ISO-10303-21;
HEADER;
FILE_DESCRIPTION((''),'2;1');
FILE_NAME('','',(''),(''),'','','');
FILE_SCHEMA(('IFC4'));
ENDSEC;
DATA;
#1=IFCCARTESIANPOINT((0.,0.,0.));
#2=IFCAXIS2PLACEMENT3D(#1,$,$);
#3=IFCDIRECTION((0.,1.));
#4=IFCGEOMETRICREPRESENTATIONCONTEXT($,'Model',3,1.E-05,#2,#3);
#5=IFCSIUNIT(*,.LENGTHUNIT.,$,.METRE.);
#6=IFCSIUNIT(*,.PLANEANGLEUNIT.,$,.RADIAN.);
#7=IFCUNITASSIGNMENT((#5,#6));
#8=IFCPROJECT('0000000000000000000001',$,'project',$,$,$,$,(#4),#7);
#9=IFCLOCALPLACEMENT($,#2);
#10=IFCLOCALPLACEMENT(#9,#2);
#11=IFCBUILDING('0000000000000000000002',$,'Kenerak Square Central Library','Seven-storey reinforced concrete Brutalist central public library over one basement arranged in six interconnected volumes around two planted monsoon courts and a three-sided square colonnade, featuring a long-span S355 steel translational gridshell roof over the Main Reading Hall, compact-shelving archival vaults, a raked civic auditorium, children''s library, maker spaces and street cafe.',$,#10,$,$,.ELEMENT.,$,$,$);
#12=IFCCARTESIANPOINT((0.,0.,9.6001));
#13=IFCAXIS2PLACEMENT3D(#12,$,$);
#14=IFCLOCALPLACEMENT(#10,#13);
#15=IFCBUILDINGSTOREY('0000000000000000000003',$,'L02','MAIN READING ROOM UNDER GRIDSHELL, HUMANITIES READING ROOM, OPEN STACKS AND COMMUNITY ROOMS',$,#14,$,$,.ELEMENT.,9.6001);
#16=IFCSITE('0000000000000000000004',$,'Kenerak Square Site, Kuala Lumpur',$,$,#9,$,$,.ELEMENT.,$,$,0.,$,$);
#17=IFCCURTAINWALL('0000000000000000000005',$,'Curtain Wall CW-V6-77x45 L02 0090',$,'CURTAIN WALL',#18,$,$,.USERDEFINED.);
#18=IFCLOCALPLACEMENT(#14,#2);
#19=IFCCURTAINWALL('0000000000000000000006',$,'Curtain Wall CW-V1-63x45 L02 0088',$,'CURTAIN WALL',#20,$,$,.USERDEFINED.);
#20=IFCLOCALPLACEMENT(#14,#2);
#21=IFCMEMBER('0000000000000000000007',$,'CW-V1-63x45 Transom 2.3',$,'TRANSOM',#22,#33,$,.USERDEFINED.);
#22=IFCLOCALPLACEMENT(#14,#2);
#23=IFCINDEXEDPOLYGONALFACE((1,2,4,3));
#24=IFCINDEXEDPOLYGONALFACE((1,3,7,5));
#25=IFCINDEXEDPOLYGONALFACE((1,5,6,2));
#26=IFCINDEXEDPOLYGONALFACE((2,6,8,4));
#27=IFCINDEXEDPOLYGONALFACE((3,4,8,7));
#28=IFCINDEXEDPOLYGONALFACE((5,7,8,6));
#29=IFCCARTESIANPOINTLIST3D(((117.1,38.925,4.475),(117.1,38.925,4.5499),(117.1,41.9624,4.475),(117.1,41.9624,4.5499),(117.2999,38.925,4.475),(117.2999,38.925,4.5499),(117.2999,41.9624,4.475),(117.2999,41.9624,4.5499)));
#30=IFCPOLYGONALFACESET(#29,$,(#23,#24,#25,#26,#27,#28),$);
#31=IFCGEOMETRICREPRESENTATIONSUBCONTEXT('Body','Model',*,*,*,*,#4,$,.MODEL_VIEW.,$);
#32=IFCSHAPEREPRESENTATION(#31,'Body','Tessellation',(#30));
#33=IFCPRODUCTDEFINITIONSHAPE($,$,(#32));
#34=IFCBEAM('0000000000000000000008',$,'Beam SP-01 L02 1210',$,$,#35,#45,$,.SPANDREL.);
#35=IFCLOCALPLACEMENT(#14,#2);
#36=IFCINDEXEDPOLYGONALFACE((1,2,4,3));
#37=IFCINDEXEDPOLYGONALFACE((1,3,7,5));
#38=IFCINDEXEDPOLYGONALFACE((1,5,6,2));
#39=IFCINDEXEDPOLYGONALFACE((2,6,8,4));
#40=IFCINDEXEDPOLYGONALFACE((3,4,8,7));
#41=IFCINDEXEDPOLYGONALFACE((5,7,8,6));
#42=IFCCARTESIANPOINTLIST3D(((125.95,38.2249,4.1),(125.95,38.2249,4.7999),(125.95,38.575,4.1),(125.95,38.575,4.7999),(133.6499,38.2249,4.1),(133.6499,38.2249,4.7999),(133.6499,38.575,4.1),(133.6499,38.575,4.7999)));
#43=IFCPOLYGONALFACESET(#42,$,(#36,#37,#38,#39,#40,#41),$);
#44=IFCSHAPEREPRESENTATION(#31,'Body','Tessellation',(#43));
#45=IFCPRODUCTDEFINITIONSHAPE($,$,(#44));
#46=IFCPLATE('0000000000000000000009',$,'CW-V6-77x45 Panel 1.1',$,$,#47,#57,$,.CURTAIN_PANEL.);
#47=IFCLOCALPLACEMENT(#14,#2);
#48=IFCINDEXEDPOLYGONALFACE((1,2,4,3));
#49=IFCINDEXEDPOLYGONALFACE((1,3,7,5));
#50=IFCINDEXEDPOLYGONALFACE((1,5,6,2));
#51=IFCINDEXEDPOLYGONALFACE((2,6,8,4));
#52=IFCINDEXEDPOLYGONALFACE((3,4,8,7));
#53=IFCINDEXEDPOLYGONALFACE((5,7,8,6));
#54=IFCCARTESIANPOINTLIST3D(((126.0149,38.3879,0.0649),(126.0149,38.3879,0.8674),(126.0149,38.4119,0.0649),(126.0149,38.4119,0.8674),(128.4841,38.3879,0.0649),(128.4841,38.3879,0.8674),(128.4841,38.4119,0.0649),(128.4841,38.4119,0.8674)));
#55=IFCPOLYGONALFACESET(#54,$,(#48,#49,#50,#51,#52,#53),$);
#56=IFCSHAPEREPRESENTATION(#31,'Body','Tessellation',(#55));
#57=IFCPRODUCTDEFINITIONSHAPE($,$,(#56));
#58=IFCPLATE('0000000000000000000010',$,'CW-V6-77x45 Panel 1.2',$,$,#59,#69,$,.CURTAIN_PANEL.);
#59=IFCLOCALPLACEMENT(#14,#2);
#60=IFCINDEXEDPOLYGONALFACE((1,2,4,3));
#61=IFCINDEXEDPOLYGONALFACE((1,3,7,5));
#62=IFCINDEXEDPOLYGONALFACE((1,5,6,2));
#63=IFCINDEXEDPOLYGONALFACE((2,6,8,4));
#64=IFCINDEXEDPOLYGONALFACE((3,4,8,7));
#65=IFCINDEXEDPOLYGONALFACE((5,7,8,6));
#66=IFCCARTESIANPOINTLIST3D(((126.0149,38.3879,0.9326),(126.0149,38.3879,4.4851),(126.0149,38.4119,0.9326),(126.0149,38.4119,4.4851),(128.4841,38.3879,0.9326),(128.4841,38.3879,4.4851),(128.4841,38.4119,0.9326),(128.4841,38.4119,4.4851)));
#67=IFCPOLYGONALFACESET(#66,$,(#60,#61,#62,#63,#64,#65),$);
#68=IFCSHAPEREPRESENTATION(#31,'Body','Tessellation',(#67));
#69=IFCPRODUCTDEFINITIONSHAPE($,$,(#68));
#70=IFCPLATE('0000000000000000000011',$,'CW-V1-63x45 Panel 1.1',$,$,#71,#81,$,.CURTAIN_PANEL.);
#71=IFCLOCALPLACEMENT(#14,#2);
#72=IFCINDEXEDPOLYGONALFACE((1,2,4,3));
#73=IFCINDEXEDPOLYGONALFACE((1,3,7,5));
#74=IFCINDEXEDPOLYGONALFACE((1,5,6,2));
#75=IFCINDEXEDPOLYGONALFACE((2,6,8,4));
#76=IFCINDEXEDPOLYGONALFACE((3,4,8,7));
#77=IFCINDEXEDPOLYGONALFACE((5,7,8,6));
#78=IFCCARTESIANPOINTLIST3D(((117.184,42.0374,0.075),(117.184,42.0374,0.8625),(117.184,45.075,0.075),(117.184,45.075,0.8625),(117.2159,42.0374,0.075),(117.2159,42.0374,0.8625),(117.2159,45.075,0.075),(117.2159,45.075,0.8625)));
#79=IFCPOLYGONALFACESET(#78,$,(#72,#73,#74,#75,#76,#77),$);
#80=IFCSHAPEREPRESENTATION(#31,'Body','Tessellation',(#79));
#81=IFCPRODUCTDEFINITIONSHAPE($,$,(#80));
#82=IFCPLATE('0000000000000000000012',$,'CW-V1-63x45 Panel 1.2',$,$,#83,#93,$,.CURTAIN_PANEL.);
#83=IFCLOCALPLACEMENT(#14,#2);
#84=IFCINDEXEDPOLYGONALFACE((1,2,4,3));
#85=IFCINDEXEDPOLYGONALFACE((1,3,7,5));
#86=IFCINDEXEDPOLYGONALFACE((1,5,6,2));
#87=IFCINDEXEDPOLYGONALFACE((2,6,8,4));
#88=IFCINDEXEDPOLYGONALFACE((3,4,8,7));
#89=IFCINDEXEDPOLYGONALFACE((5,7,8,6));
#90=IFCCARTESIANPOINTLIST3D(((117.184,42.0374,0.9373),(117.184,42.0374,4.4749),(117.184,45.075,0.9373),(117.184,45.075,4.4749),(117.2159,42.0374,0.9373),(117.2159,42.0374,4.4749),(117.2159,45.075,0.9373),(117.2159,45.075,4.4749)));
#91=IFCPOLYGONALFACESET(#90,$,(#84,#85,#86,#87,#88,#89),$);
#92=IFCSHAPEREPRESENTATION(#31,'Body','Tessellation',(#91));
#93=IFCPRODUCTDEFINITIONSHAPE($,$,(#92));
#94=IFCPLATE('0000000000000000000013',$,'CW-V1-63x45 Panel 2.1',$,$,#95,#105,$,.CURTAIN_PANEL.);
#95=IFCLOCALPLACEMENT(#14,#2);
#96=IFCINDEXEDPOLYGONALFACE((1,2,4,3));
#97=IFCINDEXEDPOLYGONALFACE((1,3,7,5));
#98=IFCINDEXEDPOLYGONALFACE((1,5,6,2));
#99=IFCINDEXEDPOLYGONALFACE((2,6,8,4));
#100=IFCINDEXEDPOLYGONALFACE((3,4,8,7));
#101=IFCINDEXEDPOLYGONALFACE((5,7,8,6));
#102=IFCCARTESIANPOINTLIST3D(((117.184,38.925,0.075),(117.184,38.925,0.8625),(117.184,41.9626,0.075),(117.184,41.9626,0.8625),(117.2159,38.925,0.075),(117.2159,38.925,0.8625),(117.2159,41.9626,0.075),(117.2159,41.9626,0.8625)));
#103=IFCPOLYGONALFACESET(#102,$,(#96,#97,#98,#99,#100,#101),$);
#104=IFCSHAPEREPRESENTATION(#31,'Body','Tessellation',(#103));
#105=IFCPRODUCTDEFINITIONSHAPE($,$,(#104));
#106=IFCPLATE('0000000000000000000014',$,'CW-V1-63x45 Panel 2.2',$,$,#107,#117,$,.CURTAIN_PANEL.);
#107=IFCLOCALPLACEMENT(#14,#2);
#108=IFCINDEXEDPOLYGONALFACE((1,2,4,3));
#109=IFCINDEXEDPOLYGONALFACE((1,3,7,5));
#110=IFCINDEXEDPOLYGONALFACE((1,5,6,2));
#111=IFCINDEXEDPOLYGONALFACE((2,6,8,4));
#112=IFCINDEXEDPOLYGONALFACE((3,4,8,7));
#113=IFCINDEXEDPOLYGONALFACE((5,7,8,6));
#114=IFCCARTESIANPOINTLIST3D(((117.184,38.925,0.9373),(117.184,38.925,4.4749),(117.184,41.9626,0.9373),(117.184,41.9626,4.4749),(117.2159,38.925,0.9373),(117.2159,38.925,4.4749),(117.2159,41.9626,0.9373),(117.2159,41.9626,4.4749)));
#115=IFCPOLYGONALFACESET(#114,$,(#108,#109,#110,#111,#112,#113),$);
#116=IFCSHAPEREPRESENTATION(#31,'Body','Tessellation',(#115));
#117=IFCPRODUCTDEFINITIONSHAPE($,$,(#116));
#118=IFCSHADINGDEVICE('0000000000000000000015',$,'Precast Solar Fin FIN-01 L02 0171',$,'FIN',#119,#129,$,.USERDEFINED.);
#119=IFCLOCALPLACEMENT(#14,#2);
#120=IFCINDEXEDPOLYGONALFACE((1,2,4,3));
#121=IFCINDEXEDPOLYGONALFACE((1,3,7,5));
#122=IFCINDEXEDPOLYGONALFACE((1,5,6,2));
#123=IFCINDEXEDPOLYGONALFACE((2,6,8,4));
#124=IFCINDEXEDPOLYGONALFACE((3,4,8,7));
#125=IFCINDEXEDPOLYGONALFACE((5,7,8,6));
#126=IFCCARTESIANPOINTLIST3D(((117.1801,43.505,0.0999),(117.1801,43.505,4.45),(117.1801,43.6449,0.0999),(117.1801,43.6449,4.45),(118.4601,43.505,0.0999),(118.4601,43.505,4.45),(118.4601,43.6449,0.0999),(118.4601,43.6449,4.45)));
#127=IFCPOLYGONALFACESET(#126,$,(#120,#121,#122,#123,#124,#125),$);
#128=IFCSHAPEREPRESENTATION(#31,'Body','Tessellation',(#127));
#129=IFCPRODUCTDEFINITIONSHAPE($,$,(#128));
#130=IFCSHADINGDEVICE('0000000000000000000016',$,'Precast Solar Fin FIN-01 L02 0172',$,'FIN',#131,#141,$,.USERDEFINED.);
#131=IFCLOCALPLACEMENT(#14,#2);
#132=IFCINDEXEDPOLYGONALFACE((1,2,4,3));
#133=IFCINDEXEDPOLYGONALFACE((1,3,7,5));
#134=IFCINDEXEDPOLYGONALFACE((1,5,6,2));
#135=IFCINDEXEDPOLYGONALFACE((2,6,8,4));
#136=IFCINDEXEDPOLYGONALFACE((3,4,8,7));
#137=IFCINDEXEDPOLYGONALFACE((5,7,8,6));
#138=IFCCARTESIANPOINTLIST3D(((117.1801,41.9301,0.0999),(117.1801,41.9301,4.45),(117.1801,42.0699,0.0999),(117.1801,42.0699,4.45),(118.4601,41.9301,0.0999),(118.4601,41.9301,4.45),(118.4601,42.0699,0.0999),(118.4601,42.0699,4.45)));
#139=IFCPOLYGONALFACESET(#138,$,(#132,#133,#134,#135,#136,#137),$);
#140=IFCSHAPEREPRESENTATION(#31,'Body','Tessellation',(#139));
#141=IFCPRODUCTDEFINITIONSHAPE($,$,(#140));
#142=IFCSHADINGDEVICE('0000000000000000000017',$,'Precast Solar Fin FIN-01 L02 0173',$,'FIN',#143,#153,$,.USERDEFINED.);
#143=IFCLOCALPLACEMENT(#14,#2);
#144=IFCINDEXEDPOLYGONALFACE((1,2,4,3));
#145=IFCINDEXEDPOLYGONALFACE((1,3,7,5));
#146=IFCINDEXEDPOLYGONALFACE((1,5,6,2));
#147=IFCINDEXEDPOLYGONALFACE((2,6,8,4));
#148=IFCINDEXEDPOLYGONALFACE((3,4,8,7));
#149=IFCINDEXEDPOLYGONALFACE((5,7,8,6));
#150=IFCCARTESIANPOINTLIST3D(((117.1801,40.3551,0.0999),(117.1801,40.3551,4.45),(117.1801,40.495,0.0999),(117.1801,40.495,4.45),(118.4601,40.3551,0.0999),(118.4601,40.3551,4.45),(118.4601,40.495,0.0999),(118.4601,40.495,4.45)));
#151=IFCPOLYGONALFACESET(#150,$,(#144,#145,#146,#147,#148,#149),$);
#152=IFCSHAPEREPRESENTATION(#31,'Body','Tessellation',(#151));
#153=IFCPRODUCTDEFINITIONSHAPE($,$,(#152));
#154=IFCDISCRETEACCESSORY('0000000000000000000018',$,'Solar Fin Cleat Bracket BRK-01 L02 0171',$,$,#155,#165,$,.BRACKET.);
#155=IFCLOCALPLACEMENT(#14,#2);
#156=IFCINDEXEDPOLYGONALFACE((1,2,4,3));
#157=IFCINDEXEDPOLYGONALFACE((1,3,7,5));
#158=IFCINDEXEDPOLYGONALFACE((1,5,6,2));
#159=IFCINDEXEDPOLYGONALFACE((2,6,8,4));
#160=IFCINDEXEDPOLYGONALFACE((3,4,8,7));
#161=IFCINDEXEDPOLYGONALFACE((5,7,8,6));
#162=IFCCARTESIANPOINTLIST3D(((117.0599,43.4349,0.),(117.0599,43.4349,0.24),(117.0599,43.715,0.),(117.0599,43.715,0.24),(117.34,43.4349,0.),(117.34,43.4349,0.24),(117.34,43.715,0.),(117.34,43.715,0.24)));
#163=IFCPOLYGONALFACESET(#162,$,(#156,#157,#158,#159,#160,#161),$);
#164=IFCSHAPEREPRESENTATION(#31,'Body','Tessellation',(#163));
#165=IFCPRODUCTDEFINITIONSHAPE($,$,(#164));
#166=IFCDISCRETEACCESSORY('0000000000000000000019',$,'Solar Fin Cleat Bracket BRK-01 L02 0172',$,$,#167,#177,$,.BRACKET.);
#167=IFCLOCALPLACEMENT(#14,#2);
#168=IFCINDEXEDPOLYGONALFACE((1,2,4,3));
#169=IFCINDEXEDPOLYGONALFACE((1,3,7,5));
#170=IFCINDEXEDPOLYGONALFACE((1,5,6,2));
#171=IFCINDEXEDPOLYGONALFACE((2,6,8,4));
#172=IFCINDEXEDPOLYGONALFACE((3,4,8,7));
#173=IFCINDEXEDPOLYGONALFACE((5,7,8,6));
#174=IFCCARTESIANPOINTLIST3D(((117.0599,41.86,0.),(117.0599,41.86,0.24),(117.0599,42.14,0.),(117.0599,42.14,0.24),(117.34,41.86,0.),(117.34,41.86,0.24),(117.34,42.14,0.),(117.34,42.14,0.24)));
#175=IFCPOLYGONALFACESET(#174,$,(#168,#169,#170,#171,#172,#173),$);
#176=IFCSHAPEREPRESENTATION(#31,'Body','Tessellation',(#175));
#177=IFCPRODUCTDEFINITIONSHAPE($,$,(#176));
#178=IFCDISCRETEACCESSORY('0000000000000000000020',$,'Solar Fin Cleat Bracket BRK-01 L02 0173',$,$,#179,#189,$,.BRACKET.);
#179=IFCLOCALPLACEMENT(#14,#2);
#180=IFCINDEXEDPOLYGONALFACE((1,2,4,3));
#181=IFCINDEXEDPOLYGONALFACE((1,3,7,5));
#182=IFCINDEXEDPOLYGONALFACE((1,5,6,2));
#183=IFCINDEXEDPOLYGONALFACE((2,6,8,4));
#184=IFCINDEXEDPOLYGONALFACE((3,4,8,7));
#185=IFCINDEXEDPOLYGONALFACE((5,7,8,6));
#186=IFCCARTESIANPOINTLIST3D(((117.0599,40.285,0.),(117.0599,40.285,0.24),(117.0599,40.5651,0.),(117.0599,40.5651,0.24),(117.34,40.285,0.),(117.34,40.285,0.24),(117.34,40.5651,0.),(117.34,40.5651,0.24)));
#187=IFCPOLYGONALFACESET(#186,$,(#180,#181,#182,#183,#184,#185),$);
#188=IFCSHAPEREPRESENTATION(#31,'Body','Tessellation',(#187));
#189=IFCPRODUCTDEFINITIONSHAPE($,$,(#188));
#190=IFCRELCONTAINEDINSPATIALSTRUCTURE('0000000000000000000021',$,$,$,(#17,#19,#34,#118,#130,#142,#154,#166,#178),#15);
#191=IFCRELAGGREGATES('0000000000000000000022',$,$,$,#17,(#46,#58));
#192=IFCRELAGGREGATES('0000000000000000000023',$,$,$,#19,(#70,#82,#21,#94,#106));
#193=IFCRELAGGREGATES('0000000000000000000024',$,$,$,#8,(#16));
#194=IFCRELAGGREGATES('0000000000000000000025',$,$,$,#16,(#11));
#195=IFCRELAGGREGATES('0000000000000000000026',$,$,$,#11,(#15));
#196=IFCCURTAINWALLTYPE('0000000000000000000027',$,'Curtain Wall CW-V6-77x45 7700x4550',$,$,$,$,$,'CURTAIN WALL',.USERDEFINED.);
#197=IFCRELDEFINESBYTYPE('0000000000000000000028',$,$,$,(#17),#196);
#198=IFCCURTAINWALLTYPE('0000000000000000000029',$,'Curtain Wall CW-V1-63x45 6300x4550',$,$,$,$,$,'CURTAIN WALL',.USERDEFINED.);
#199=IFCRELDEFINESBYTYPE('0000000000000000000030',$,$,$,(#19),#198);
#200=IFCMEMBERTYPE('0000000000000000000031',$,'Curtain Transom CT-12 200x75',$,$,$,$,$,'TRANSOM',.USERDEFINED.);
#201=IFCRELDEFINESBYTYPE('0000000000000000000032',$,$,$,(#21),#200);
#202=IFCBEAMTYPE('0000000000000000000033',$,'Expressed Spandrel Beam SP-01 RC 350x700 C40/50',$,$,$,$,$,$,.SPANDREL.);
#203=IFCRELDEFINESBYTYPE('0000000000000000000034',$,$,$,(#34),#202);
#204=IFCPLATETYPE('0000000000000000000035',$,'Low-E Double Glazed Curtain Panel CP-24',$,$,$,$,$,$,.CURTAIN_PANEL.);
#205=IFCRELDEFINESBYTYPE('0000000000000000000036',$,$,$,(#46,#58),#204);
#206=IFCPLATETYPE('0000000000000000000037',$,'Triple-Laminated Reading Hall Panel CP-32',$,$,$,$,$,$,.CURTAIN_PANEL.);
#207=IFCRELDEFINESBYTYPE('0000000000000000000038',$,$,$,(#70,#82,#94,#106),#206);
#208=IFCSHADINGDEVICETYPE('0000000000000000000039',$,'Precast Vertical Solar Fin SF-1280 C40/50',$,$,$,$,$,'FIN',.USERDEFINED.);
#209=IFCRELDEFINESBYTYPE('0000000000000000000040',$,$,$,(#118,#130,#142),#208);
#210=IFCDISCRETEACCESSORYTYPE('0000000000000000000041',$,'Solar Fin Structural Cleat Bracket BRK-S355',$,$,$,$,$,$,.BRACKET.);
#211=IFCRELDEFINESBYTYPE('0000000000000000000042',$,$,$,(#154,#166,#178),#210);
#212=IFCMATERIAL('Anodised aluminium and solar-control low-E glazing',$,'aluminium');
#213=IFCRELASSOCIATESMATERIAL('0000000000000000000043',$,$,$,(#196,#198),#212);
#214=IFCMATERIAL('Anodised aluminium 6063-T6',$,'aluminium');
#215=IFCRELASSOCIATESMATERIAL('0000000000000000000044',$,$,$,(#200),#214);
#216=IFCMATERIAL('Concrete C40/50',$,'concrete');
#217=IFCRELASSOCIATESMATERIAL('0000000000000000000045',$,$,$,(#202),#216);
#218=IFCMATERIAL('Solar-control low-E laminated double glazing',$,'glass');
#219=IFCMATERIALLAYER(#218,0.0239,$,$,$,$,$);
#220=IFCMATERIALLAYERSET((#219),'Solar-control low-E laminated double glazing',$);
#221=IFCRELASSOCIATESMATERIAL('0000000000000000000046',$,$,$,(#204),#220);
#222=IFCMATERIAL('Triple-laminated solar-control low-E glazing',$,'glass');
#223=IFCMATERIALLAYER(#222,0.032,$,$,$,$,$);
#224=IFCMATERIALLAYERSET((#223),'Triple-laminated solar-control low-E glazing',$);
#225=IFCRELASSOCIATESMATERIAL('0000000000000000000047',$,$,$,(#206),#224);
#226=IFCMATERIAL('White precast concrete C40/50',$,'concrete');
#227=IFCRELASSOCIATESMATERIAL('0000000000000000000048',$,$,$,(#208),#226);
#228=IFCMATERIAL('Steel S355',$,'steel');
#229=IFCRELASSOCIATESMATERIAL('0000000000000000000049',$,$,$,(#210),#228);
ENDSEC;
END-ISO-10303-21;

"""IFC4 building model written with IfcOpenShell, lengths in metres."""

from ifc_helpers import new_model, si_unit, direction, frame, origin, origin_2d, place, context, subcontext, project, spatial, rectangle, extrude, material, layer, layer_set, material_profile, profile_set, type_object, element, aggregate, save


model = new_model("IFC4")

# Units and contexts
model_context = context("Model", 3, precision=1e-05, world=origin(), true_north=direction((0.0, 1.0)))
body_context = subcontext(model_context, "Body", "Model", "MODEL_VIEW")
ifc_project = project(units=[si_unit("LENGTHUNIT", "METRE"), si_unit("PLANEANGLEUNIT", "RADIAN")], contexts=[model_context])

# Site, building, storey
site_placement = place(None, origin())
site = spatial("IfcSite", under=ifc_project, at=site_placement, Name="Kenerak Square Site, Kuala Lumpur", CompositionType="ELEMENT", RefElevation=0.0)
building_placement = place(site_placement, origin())
building = spatial("IfcBuilding", under=site, at=building_placement, Name="Kenerak Square Central Library", Description="Seven-storey reinforced concrete Brutalist central public library over one basement arranged in six interconnected volumes around two planted monsoon courts and a three-sided square colonnade, featuring a long-span S355 steel translational gridshell roof over the Main Reading Hall, compact-shelving archival vaults, a raked civic auditorium, children's library, maker spaces and street cafe.", CompositionType="ELEMENT")
storey_placement = place(building_placement, frame((0.0, 0.0, 9.6001)))
storey = spatial("IfcBuildingStorey", under=building, at=storey_placement, Name="L02", Description="MAIN READING ROOM UNDER GRIDSHELL, HUMANITIES READING ROOM, OPEN STACKS AND COMMUNITY ROOMS", CompositionType="ELEMENT", Elevation=9.6001)

# Shared definitions
ifc_material_1 = material(Name="Concrete C40/50", Category="concrete")

# Curtain wall
ifc_material_2 = material(Name="Anodised aluminium and solar-control low-E glazing", Category="aluminium")
curtain_wall_type_1 = type_object("IfcCurtainWallType", Name="Curtain Wall CW-V6-77x45 7700x4550", ElementType="CURTAIN WALL", PredefinedType="USERDEFINED", material=ifc_material_2)
curtain_wall_1_placement = place(storey_placement, origin())
curtain_wall_1 = element("IfcCurtainWall", 1, at=curtain_wall_1_placement, inside=storey, type_object=curtain_wall_type_1, Name="Curtain Wall CW-V6-77x45 L02 0090", ObjectType="CURTAIN WALL", PredefinedType="USERDEFINED")
ifc_material_3 = material(Name="Anodised aluminium 6063-T6", Category="aluminium")

# Curtain wall
curtain_wall_type_2 = type_object("IfcCurtainWallType", Name="Curtain Wall CW-V1-63x45 6300x4550", ElementType="CURTAIN WALL", PredefinedType="USERDEFINED", material=ifc_material_2)
curtain_wall_2_placement = place(storey_placement, origin())
curtain_wall_2 = element("IfcCurtainWall", 2, at=curtain_wall_2_placement, inside=storey, type_object=curtain_wall_type_2, Name="Curtain Wall CW-V1-63x45 L02 0088", ObjectType="CURTAIN WALL", PredefinedType="USERDEFINED")

# Member
ifc_material_profile_1 = material_profile(ifc_material_3, rectangle(XDim=0.2, YDim=0.075, at=origin_2d()), Name="AL TRANSOM 200x75")
ifc_profile_set_1 = profile_set([ifc_material_profile_1], Name="Anodised aluminium 6063-T6")
member_type_1 = type_object("IfcMemberType", Name="Curtain Transom CT-12 200x75", ElementType="TRANSOM", PredefinedType="USERDEFINED", material=ifc_profile_set_1)
member_1_placement = place(storey_placement, frame((117.2, 41.9624, 4.5125), z_axis=(0.0, -1.0, 0.0), x_axis=(1.0, 0.0, 0.0)))
member_1 = element("IfcMember", 3, at=member_1_placement, type_object=member_type_1, Name="CW-V1-63x45 Transom 2.3", ObjectType="TRANSOM", PredefinedType="USERDEFINED", context=body_context, shape_type="SweptSolid", body=[
    extrude(rectangle(XDim=0.2, YDim=0.075, at=origin_2d()), origin(), (0.0, 0.0, 1.0), 3.0374),
])

# Beam
ifc_material_profile_2 = material_profile(ifc_material_1, rectangle(XDim=0.3501, YDim=0.7, at=origin_2d()), Name="RC 350x700")
ifc_profile_set_2 = profile_set([ifc_material_profile_2], Name="Concrete C40/50")
beam_type_1 = type_object("IfcBeamType", Name="Expressed Spandrel Beam SP-01 RC 350x700 C40/50", PredefinedType="SPANDREL", material=ifc_profile_set_2)
beam_1_placement = place(storey_placement, frame((125.95, 38.3999, 4.45), z_axis=(1.0, 0.0, 0.0), x_axis=(0.0, 1.0, 0.0)))
element("IfcBeam", 4, at=beam_1_placement, inside=storey, type_object=beam_type_1, Name="Beam SP-01 L02 1210", PredefinedType="SPANDREL", context=body_context, shape_type="SweptSolid", body=[
    extrude(rectangle(XDim=0.3501, YDim=0.7, at=origin_2d()), origin(), (0.0, 0.0, 1.0), 7.7),
])

# Plates
ifc_material_4 = material(Name="Solar-control low-E laminated double glazing", Category="glass")
ifc_layer_1 = layer(ifc_material_4, 0.0239)
ifc_layer_set_1 = layer_set([ifc_layer_1], Name="Solar-control low-E laminated double glazing")
plate_type_1 = type_object("IfcPlateType", Name="Low-E Double Glazed Curtain Panel CP-24", PredefinedType="CURTAIN_PANEL", material=ifc_layer_set_1)
plate_1_placement = place(storey_placement, frame((127.2495, 38.3999, 0.0649), z_axis=(0.0, 0.0, 1.0), x_axis=(1.0, 0.0, 0.0)))
plate_1 = element("IfcPlate", 5, at=plate_1_placement, type_object=plate_type_1, Name="CW-V6-77x45 Panel 1.1", PredefinedType="CURTAIN_PANEL", context=body_context, shape_type="SweptSolid", body=[
    extrude(rectangle(XDim=2.4692, YDim=0.0239, at=origin_2d()), origin(), (0.0, 0.0, 1.0), 0.8025),
])
plate_2_placement = place(storey_placement, frame((127.2495, 38.3999, 0.9326), z_axis=(0.0, 0.0, 1.0), x_axis=(1.0, 0.0, 0.0)))
plate_2 = element("IfcPlate", 6, at=plate_2_placement, type_object=plate_type_1, Name="CW-V6-77x45 Panel 1.2", PredefinedType="CURTAIN_PANEL", context=body_context, shape_type="SweptSolid", body=[
    extrude(rectangle(XDim=2.4692, YDim=0.0239, at=origin_2d()), origin(), (0.0, 0.0, 1.0), 3.5525),
])
aggregate(curtain_wall_1, [plate_1, plate_2])
ifc_material_5 = material(Name="Triple-laminated solar-control low-E glazing", Category="glass")
ifc_layer_2 = layer(ifc_material_5, 0.032)
ifc_layer_set_2 = layer_set([ifc_layer_2], Name="Triple-laminated solar-control low-E glazing")
plate_type_2 = type_object("IfcPlateType", Name="Triple-Laminated Reading Hall Panel CP-32", PredefinedType="CURTAIN_PANEL", material=ifc_layer_set_2)
plate_3_placement = place(storey_placement, frame((117.2, 43.5562, 0.075), z_axis=(0.0, 0.0, 1.0), x_axis=(0.0, -1.0, 0.0)))
plate_3 = element("IfcPlate", 7, at=plate_3_placement, type_object=plate_type_2, Name="CW-V1-63x45 Panel 1.1", PredefinedType="CURTAIN_PANEL", context=body_context, shape_type="SweptSolid", body=[
    extrude(rectangle(XDim=3.0376, YDim=0.032, at=origin_2d()), origin(), (0.0, 0.0, 1.0), 0.7876),
])
plate_4_placement = place(storey_placement, frame((117.2, 43.5562, 0.9373), z_axis=(0.0, 0.0, 1.0), x_axis=(0.0, -1.0, 0.0)))
plate_4 = element("IfcPlate", 8, at=plate_4_placement, type_object=plate_type_2, Name="CW-V1-63x45 Panel 1.2", PredefinedType="CURTAIN_PANEL", context=body_context, shape_type="SweptSolid", body=[
    extrude(rectangle(XDim=3.0376, YDim=0.032, at=origin_2d()), origin(), (0.0, 0.0, 1.0), 3.5376),
])
plate_5_placement = place(storey_placement, frame((117.2, 40.4438, 0.075), z_axis=(0.0, 0.0, 1.0), x_axis=(0.0, -1.0, 0.0)))
plate_5 = element("IfcPlate", 9, at=plate_5_placement, type_object=plate_type_2, Name="CW-V1-63x45 Panel 2.1", PredefinedType="CURTAIN_PANEL", context=body_context, shape_type="SweptSolid", body=[
    extrude(rectangle(XDim=3.0376, YDim=0.032, at=origin_2d()), origin(), (0.0, 0.0, 1.0), 0.7876),
])
plate_6_placement = place(storey_placement, frame((117.2, 40.4438, 0.9373), z_axis=(0.0, 0.0, 1.0), x_axis=(0.0, -1.0, 0.0)))
plate_6 = element("IfcPlate", 10, at=plate_6_placement, type_object=plate_type_2, Name="CW-V1-63x45 Panel 2.2", PredefinedType="CURTAIN_PANEL", context=body_context, shape_type="SweptSolid", body=[
    extrude(rectangle(XDim=3.0376, YDim=0.032, at=origin_2d()), origin(), (0.0, 0.0, 1.0), 3.5376),
])
aggregate(curtain_wall_2, [plate_3, plate_4, member_1, plate_5, plate_6])

# Shading devices
ifc_material_6 = material(Name="White precast concrete C40/50", Category="concrete")
shading_device_type = type_object("IfcShadingDeviceType", Name="Precast Vertical Solar Fin SF-1280 C40/50", ElementType="FIN", PredefinedType="USERDEFINED", material=ifc_material_6)
for number, where, z_axis, x_axis, name in (
    (11, (117.8201, 43.575, 0.0999), (0.0, 0.0, 1.0), (0.0, -1.0, 0.0), "Precast Solar Fin FIN-01 L02 0171"),
    (12, (117.8201, 42.0, 0.0999), (0.0, 0.0, 1.0), (0.0, -1.0, 0.0), "Precast Solar Fin FIN-01 L02 0172"),
    (13, (117.8201, 40.425, 0.0999), (0.0, 0.0, 1.0), (0.0, -1.0, 0.0), "Precast Solar Fin FIN-01 L02 0173"),
):
    element("IfcShadingDevice", number, at=place(storey_placement, frame(where, z_axis=z_axis, x_axis=x_axis)), inside=storey, type_object=shading_device_type, Name=name, ObjectType="FIN", PredefinedType="USERDEFINED", context=body_context, shape_type="SweptSolid", body=[
        extrude(rectangle(XDim=0.1399, YDim=1.28, at=origin_2d()), origin(), (0.0, 0.0, 1.0), 4.3501),
    ])

# Discrete accessories
ifc_material_7 = material(Name="Steel S355", Category="steel")
discrete_accessory_type = type_object("IfcDiscreteAccessoryType", Name="Solar Fin Structural Cleat Bracket BRK-S355", PredefinedType="BRACKET", material=ifc_material_7)
for number, where, z_axis, x_axis, name in (
    (14, (117.2, 43.575, 0.0), (0.0, 0.0, 1.0), (0.0, -1.0, 0.0), "Solar Fin Cleat Bracket BRK-01 L02 0171"),
    (15, (117.2, 42.0, 0.0), (0.0, 0.0, 1.0), (0.0, -1.0, 0.0), "Solar Fin Cleat Bracket BRK-01 L02 0172"),
    (16, (117.2, 40.425, 0.0), (0.0, 0.0, 1.0), (0.0, -1.0, 0.0), "Solar Fin Cleat Bracket BRK-01 L02 0173"),
):
    element("IfcDiscreteAccessory", number, at=place(storey_placement, frame(where, z_axis=z_axis, x_axis=x_axis)), inside=storey, type_object=discrete_accessory_type, Name=name, PredefinedType="BRACKET", context=body_context, shape_type="SweptSolid", body=[
        extrude(rectangle(XDim=0.28, YDim=0.28, at=origin_2d()), origin(), (0.0, 0.0, 1.0), 0.24),
    ])

save(model, "model.ifc")
